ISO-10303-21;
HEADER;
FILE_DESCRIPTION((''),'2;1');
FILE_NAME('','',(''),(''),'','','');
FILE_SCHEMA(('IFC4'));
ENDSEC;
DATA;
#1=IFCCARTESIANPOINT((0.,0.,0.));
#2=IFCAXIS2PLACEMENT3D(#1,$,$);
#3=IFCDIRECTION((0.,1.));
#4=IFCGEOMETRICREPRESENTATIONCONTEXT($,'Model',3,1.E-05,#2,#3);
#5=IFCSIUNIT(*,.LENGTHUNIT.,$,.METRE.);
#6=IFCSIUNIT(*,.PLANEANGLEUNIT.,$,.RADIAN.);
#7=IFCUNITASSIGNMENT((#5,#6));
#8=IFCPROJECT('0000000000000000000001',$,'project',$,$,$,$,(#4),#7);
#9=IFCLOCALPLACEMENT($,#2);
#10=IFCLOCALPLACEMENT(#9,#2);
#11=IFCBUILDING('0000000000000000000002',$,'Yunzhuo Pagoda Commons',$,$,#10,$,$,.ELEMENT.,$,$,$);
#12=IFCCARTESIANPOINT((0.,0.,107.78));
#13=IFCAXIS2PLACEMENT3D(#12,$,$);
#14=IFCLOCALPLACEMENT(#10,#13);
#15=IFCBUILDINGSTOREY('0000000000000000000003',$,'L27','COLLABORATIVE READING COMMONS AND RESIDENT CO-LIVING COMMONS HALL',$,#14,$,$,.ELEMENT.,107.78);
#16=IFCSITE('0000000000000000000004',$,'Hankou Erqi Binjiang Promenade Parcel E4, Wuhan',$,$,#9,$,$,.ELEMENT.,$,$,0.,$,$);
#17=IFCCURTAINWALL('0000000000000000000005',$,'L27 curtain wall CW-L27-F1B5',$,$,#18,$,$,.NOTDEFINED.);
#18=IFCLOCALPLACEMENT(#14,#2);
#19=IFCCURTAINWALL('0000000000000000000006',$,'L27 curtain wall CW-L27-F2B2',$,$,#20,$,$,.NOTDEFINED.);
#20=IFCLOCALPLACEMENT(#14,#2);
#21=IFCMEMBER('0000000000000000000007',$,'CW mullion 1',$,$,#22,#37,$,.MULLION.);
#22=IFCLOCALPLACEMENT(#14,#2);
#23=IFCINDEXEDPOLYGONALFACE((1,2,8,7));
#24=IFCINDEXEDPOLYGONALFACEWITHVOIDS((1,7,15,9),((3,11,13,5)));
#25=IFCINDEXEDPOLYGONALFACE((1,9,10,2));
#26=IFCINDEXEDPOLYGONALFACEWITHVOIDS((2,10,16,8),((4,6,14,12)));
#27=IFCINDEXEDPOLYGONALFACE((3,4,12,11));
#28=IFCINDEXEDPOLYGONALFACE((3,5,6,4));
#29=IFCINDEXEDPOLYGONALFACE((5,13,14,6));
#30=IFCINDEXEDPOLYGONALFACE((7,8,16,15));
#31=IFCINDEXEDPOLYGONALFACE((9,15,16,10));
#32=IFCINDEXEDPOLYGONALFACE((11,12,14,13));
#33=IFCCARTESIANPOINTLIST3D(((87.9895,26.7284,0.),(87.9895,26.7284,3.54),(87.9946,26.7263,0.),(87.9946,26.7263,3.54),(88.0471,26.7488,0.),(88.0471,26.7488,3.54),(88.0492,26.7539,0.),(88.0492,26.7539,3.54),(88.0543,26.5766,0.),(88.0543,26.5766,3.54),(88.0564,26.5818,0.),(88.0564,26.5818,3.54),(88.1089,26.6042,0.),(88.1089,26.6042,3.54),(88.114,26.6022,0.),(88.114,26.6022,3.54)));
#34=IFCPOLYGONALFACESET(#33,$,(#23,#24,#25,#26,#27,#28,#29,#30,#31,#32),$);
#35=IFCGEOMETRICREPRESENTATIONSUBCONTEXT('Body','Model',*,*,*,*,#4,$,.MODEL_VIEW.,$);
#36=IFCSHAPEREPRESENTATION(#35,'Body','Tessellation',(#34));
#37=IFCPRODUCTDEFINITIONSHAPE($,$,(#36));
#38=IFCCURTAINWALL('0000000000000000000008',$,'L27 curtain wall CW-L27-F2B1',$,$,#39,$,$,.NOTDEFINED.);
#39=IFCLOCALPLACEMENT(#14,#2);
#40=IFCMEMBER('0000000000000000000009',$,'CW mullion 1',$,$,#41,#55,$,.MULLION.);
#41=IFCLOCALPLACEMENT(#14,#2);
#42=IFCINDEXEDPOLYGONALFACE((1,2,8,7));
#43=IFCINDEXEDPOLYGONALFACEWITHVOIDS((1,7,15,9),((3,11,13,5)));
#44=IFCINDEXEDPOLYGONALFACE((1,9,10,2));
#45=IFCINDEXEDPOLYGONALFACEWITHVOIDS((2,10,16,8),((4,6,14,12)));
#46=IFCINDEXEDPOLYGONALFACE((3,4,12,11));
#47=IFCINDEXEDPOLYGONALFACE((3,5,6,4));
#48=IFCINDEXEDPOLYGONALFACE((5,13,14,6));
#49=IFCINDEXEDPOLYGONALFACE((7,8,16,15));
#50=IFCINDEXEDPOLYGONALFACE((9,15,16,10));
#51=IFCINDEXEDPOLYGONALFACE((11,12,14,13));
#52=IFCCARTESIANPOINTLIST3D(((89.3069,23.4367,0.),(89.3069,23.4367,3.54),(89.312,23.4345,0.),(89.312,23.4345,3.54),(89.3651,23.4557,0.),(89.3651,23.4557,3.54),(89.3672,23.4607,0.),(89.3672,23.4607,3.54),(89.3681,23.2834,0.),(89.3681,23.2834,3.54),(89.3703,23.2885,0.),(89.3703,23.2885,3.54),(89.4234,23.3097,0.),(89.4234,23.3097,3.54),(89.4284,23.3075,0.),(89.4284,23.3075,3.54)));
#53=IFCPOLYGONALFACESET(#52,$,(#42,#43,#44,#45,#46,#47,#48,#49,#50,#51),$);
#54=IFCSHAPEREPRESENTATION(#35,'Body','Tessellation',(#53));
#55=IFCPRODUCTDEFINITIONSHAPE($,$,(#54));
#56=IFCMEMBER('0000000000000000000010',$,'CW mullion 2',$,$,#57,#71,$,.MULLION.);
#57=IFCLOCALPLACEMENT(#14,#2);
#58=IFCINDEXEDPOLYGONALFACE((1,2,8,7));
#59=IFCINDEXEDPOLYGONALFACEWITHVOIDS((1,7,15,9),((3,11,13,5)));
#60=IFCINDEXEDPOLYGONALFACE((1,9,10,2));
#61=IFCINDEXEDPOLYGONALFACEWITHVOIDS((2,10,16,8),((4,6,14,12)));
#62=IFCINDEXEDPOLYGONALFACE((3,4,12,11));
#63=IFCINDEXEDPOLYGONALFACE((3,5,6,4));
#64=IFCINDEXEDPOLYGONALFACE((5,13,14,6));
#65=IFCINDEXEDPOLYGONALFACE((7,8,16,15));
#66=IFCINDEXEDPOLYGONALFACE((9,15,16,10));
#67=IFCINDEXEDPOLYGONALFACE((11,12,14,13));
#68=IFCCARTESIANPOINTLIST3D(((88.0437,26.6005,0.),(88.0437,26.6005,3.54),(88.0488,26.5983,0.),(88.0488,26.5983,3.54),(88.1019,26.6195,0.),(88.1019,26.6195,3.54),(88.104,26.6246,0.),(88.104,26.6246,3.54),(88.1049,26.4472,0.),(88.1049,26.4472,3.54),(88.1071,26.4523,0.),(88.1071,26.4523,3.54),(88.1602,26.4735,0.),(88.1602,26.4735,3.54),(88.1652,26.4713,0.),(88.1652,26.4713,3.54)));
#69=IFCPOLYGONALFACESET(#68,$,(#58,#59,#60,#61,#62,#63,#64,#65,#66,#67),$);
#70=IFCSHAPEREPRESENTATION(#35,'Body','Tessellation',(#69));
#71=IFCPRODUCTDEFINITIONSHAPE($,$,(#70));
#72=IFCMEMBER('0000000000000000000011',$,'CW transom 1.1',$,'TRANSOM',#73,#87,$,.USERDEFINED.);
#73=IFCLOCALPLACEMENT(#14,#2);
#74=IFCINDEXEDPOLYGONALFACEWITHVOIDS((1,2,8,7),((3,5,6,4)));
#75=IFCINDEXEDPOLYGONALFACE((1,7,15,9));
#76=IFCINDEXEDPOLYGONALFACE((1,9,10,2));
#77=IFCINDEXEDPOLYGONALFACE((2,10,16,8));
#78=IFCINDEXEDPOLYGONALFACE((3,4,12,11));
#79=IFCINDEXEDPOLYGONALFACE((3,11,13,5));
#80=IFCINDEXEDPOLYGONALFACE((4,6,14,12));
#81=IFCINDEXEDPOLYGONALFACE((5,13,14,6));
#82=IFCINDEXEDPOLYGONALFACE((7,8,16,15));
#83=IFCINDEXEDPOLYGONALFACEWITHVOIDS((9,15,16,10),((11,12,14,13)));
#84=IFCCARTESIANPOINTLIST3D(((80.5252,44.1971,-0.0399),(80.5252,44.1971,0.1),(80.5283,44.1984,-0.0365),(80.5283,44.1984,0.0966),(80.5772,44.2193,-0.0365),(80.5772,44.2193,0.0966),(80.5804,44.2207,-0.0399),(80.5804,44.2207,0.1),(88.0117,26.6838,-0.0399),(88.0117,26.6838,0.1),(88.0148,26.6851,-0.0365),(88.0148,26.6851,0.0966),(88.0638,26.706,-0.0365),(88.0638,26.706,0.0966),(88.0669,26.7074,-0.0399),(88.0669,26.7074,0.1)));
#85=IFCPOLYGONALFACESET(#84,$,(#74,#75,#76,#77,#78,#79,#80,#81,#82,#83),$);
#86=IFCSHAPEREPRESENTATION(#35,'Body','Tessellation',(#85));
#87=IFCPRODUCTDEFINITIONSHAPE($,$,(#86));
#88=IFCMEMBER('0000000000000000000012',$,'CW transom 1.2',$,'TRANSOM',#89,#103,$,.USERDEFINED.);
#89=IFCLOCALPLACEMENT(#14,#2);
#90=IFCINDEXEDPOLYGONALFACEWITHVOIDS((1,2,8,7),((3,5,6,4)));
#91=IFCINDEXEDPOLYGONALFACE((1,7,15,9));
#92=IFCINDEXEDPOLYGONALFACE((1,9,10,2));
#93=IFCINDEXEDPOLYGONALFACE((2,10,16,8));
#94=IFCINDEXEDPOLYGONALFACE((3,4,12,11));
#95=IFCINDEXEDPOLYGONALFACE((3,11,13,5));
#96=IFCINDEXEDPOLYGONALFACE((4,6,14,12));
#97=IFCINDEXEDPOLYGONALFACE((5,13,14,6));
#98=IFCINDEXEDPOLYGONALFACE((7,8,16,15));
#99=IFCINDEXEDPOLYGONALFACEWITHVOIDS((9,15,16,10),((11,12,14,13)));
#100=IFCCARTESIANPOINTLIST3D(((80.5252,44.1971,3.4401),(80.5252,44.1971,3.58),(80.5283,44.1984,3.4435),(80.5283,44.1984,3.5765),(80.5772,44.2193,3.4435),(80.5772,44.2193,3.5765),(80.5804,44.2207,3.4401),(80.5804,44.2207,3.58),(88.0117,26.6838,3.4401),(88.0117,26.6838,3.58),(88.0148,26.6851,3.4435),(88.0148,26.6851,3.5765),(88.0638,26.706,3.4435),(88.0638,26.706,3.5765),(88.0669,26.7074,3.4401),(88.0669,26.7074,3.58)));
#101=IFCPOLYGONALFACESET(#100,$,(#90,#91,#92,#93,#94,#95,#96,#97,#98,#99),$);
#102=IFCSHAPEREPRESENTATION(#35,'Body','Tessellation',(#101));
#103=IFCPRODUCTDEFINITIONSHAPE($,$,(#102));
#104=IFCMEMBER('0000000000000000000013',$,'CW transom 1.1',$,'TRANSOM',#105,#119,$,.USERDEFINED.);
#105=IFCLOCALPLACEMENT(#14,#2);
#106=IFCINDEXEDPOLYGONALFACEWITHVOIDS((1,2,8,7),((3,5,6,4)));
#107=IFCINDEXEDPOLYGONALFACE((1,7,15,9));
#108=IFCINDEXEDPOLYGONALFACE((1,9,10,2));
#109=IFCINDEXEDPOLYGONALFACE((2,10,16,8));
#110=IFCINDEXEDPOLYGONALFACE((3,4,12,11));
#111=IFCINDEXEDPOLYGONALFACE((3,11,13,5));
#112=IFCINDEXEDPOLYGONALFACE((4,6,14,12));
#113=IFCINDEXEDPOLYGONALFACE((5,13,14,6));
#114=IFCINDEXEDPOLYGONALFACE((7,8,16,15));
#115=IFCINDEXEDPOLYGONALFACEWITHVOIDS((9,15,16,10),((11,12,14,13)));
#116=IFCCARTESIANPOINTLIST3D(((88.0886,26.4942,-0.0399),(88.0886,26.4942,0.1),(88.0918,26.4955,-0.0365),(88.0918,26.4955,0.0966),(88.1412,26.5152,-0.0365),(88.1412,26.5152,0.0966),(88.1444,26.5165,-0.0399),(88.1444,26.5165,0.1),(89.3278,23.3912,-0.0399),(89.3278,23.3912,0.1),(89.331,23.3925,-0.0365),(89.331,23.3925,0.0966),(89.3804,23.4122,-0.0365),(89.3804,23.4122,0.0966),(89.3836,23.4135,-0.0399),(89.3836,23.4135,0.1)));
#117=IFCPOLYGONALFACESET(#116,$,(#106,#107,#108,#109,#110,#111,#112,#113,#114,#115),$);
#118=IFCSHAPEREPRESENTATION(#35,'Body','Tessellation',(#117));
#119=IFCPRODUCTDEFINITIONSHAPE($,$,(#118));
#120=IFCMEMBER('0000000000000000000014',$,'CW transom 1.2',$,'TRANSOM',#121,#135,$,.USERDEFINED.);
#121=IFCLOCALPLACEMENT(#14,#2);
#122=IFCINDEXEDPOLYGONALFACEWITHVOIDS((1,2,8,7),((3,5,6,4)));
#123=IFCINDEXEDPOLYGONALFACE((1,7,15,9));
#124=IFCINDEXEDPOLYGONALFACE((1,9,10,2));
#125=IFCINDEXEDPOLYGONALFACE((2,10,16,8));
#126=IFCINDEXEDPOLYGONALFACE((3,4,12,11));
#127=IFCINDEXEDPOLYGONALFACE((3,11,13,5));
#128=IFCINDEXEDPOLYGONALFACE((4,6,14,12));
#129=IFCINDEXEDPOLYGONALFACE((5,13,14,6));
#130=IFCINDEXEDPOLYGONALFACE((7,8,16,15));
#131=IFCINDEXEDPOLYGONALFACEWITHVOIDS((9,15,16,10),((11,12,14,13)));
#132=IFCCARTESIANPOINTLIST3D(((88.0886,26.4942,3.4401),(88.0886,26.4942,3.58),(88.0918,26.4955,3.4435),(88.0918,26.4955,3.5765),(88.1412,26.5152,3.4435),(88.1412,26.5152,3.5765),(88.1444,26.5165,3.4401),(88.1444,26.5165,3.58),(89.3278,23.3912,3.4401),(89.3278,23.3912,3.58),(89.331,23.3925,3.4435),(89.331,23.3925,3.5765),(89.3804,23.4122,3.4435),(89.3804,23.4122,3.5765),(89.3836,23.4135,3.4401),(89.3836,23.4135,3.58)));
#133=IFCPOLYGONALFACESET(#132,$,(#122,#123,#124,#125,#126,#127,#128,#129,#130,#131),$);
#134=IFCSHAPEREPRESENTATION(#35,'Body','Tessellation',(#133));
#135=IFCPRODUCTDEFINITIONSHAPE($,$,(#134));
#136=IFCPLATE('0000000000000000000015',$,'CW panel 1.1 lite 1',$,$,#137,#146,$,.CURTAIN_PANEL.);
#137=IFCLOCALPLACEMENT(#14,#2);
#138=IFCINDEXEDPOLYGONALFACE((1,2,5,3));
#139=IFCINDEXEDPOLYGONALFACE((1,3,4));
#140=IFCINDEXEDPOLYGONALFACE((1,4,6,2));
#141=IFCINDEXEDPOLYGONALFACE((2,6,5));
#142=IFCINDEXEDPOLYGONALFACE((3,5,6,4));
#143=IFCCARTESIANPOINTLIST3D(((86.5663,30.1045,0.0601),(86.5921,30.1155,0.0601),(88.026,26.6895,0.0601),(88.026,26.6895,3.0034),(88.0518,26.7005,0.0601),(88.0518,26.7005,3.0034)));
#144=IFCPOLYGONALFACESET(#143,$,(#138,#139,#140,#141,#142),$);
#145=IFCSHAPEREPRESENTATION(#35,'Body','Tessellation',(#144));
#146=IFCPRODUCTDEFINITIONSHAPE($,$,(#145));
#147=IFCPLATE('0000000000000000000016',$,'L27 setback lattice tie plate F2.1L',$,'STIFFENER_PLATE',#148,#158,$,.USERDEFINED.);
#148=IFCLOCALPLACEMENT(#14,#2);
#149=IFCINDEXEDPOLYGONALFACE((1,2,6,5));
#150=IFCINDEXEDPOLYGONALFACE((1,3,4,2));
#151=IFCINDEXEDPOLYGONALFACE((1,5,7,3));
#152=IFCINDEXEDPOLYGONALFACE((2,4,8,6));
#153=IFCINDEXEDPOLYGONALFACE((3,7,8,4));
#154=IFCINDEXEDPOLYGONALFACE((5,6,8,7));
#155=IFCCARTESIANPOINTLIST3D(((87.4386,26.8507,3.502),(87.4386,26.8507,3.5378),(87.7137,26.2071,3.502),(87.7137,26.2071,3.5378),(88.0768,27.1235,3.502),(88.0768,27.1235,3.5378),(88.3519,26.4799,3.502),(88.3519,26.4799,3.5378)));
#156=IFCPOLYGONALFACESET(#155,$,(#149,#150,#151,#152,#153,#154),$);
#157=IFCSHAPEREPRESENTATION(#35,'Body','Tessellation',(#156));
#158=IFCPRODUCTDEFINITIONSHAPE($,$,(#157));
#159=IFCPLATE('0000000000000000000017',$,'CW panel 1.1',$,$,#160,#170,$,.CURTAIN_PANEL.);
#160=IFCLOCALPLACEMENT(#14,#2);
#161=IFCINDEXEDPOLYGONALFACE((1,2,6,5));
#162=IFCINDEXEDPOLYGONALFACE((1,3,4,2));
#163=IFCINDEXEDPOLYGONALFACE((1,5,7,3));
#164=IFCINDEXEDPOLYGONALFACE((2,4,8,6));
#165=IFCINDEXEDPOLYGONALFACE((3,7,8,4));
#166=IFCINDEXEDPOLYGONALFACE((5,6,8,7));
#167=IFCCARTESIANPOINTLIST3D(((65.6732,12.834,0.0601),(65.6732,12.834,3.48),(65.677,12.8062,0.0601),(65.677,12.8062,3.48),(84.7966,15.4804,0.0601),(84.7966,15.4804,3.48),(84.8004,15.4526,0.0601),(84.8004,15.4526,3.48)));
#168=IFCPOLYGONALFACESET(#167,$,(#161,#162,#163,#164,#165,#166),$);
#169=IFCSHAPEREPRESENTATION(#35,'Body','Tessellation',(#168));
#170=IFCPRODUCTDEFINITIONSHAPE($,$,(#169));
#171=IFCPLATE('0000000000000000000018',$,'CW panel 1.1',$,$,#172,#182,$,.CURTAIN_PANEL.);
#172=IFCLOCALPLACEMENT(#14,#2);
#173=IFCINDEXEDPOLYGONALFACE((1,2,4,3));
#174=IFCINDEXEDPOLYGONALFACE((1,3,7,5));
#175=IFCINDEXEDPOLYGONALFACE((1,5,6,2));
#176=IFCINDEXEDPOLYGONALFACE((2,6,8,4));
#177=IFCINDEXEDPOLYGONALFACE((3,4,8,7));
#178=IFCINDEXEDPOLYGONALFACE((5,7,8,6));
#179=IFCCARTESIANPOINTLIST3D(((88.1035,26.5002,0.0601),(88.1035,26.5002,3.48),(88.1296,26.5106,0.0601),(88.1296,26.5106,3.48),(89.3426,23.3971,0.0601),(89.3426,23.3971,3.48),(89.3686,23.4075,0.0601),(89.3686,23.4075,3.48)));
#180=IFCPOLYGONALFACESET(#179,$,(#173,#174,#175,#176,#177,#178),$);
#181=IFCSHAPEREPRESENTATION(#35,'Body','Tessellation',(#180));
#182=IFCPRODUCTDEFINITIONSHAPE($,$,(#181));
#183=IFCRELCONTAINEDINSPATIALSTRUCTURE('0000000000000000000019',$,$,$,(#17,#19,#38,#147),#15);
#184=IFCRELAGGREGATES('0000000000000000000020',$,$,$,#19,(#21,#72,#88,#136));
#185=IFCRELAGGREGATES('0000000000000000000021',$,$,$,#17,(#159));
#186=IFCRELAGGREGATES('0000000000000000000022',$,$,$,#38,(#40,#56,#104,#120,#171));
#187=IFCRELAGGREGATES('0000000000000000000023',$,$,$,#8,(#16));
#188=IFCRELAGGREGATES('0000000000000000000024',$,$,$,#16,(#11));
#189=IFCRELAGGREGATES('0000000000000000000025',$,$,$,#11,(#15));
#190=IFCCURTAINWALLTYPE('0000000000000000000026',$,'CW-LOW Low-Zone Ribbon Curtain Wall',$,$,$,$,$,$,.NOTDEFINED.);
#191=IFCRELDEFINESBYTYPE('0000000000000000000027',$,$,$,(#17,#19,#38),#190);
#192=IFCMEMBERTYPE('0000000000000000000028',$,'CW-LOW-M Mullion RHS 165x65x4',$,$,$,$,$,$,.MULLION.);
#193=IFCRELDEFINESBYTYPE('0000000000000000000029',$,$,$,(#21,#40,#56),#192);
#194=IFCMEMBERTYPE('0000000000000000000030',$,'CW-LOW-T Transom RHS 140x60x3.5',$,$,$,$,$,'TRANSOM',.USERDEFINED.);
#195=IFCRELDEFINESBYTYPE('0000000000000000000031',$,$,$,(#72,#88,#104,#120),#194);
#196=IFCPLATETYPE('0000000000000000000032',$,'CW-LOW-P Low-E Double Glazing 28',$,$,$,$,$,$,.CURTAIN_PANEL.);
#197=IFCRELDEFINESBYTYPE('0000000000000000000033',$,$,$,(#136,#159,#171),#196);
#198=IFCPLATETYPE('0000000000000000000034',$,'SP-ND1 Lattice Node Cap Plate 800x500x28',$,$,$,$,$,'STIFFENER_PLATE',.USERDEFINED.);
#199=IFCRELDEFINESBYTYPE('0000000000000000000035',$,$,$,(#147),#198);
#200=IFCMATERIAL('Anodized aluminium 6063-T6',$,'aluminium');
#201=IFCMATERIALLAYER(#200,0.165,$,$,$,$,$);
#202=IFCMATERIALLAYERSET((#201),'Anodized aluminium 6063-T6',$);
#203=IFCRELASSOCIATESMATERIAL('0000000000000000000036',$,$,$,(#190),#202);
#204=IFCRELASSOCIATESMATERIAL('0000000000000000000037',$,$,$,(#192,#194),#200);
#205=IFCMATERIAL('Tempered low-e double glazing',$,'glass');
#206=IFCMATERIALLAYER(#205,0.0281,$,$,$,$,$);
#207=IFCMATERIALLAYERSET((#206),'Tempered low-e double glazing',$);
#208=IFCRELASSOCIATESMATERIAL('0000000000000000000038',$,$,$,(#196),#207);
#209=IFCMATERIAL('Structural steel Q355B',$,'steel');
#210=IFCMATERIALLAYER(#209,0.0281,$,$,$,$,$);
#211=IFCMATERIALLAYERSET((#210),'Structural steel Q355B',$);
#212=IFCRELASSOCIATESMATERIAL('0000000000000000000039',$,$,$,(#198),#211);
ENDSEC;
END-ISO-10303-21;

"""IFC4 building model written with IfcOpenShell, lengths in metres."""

from ifc_helpers import new_model, si_unit, direction, frame, origin, origin_2d, place, context, subcontext, project, spatial, polyline, rectangle, hollow_rectangle, outline, extrude, source, transform, mapped, material, layer, layer_set, material_profile, profile_set, type_object, element, aggregate, save


model = new_model("IFC4")

# Units and contexts
model_context = context("Model", 3, precision=1e-05, world=origin(), true_north=direction((0.0, 1.0)))
body_context = subcontext(model_context, "Body", "Model", "MODEL_VIEW")
ifc_project = project(units=[si_unit("LENGTHUNIT", "METRE"), si_unit("PLANEANGLEUNIT", "RADIAN")], contexts=[model_context])

# Site, building, storey
site_placement = place(None, origin())
site = spatial("IfcSite", under=ifc_project, at=site_placement, Name="Hankou Erqi Binjiang Promenade Parcel E4, Wuhan", CompositionType="ELEMENT", RefElevation=0.0)
building_placement = place(site_placement, origin())
building = spatial("IfcBuilding", under=site, at=building_placement, Name="Yunzhuo Pagoda Commons", CompositionType="ELEMENT")
storey_placement = place(building_placement, frame((0.0, 0.0, 107.78)))
storey = spatial("IfcBuildingStorey", under=building, at=storey_placement, Name="L27", Description="COLLABORATIVE READING COMMONS AND RESIDENT CO-LIVING COMMONS HALL", CompositionType="ELEMENT", Elevation=107.78)

# Shared definitions
ifc_material_1 = material(Name="Structural steel Q355B", Category="steel")

# Curtain walls, member
ifc_material_2 = material(Name="Anodized aluminium 6063-T6", Category="aluminium")
ifc_layer_1 = layer(ifc_material_2, 0.165)
ifc_layer_set_1 = layer_set([ifc_layer_1], Name="Anodized aluminium 6063-T6")
curtain_wall_type = type_object("IfcCurtainWallType", Name="CW-LOW Low-Zone Ribbon Curtain Wall", PredefinedType="NOTDEFINED", material=ifc_layer_set_1)
curtain_wall_1_placement = place(storey_placement, origin())
curtain_wall_1 = element("IfcCurtainWall", 1, at=curtain_wall_1_placement, inside=storey, type_object=curtain_wall_type, Name="L27 curtain wall CW-L27-F1B5", PredefinedType="NOTDEFINED")
ifc_material_profile_1 = material_profile(ifc_material_2, hollow_rectangle(XDim=0.0649, YDim=0.165, WallThickness=0.0039, at=origin_2d()), Name="Anodized aluminium 6063-T6")
ifc_profile_set_1 = profile_set([ifc_material_profile_1], Name="Anodized aluminium 6063-T6")
member_type_1 = type_object("IfcMemberType", Name="CW-LOW-M Mullion RHS 165x65x4", PredefinedType="MULLION", material=ifc_profile_set_1)
shared_shape_1 = source(origin(), body_context, "Body", "SweptSolid", [
    extrude(hollow_rectangle(XDim=0.0649, YDim=0.165, WallThickness=0.0039, at=origin_2d()), origin(), (0.0, 0.0, 1.0), 3.54),
])
curtain_wall_2_placement = place(storey_placement, origin())
curtain_wall_2 = element("IfcCurtainWall", 2, at=curtain_wall_2_placement, inside=storey, type_object=curtain_wall_type, Name="L27 curtain wall CW-L27-F2B2", PredefinedType="NOTDEFINED")
member_1_placement = place(storey_placement, frame((88.0518, 26.6653, 0.0), z_axis=(0.0, 0.0, 1.0), x_axis=(-0.919516, -0.393052, 0.0)))
member_1 = element("IfcMember", 3, at=member_1_placement, type_object=member_type_1, Name="CW mullion 1", PredefinedType="MULLION", context=body_context, shape_type="MappedRepresentation", body=[
    mapped(shared_shape_1, transform((0.0, 0.0, 0.0), scale=1.0)),
])

# Curtain wall, members
curtain_wall_3_placement = place(storey_placement, origin())
curtain_wall_3 = element("IfcCurtainWall", 4, at=curtain_wall_3_placement, inside=storey, type_object=curtain_wall_type, Name="L27 curtain wall CW-L27-F2B1", PredefinedType="NOTDEFINED")
member_2_placement = place(storey_placement, frame((89.3677, 23.3721, 0.0), z_axis=(0.0, 0.0, 1.0), x_axis=(-0.928701, -0.370829, 0.0)))
member_2 = element("IfcMember", 5, at=member_2_placement, type_object=member_type_1, Name="CW mullion 1", PredefinedType="MULLION", context=body_context, shape_type="MappedRepresentation", body=[
    mapped(shared_shape_1, transform((0.0, 0.0, 0.0), scale=1.0)),
])
member_3_placement = place(storey_placement, frame((88.1045, 26.5359, 0.0), z_axis=(0.0, 0.0, 1.0), x_axis=(-0.928701, -0.370829, 0.0)))
member_3 = element("IfcMember", 6, at=member_3_placement, type_object=member_type_1, Name="CW mullion 2", PredefinedType="MULLION", context=body_context, shape_type="MappedRepresentation", body=[
    mapped(shared_shape_1, transform((0.0, 0.0, 0.0), scale=1.0)),
])

# Members
ifc_material_profile_2 = material_profile(ifc_material_2, hollow_rectangle(XDim=0.0601, YDim=0.1399, WallThickness=0.0034, at=origin_2d()), Name="Anodized aluminium 6063-T6")
ifc_profile_set_2 = profile_set([ifc_material_profile_2], Name="Anodized aluminium 6063-T6")
member_type_2 = type_object("IfcMemberType", Name="CW-LOW-T Transom RHS 140x60x3.5", ElementType="TRANSOM", PredefinedType="USERDEFINED", material=ifc_profile_set_2)
shared_shape_2 = source(origin(), body_context, "Body", "SweptSolid", [
    extrude(hollow_rectangle(XDim=0.0601, YDim=0.1399, WallThickness=0.0034, at=origin_2d()), origin(), (0.0, 0.0, 1.0), 19.0464),
])
member_4_placement = place(storey_placement, frame((88.0393, 26.6956, 0.03), z_axis=(-0.393068, 0.919509, 0.0), x_axis=(-0.919509, -0.393068, 0.0)))
member_4 = element("IfcMember", 7, at=member_4_placement, type_object=member_type_2, Name="CW transom 1.1", ObjectType="TRANSOM", PredefinedType="USERDEFINED", context=body_context, shape_type="MappedRepresentation", body=[
    mapped(shared_shape_2, transform((0.0, 0.0, 0.0), scale=1.0)),
])
member_5_placement = place(storey_placement, frame((88.0393, 26.6956, 3.51), z_axis=(-0.393068, 0.919509, 0.0), x_axis=(-0.919509, -0.393068, 0.0)))
member_5 = element("IfcMember", 8, at=member_5_placement, type_object=member_type_2, Name="CW transom 1.2", ObjectType="TRANSOM", PredefinedType="USERDEFINED", context=body_context, shape_type="MappedRepresentation", body=[
    mapped(shared_shape_2, transform((0.0, 0.0, 0.0), scale=1.0)),
])
shared_shape_3 = source(origin(), body_context, "Body", "SweptSolid", [
    extrude(hollow_rectangle(XDim=0.0601, YDim=0.1399, WallThickness=0.0034, at=origin_2d()), origin(), (0.0, 0.0, 1.0), 3.3413),
])
member_6_placement = place(storey_placement, frame((89.3557, 23.4023, 0.03), z_axis=(-0.370887, 0.928678, 0.0), x_axis=(-0.928678, -0.370887, 0.0)))
member_6 = element("IfcMember", 9, at=member_6_placement, type_object=member_type_2, Name="CW transom 1.1", ObjectType="TRANSOM", PredefinedType="USERDEFINED", context=body_context, shape_type="MappedRepresentation", body=[
    mapped(shared_shape_3, transform((0.0, 0.0, 0.0), scale=1.0)),
])
member_7_placement = place(storey_placement, frame((89.3557, 23.4023, 3.51), z_axis=(-0.370887, 0.928678, 0.0), x_axis=(-0.928678, -0.370887, 0.0)))
member_7 = element("IfcMember", 10, at=member_7_placement, type_object=member_type_2, Name="CW transom 1.2", ObjectType="TRANSOM", PredefinedType="USERDEFINED", context=body_context, shape_type="MappedRepresentation", body=[
    mapped(shared_shape_3, transform((0.0, 0.0, 0.0), scale=1.0)),
])

# Plates
ifc_material_3 = material(Name="Tempered low-e double glazing", Category="glass")
ifc_layer_2 = layer(ifc_material_3, 0.0281)
ifc_layer_set_2 = layer_set([ifc_layer_2], Name="Tempered low-e double glazing")
plate_type_1 = type_object("IfcPlateType", Name="CW-LOW-P Low-E Double Glazing 28", PredefinedType="CURTAIN_PANEL", material=ifc_layer_set_2)
plate_1_placement = place(storey_placement, frame((87.2961, 28.397, 1.5317), z_axis=(0.919516, 0.393052, 0.0), x_axis=(-0.393052, 0.919516, 0.0)))
plate_1 = element("IfcPlate", 11, at=plate_1_placement, type_object=plate_type_1, Name="CW panel 1.1 lite 1", PredefinedType="CURTAIN_PANEL", context=body_context, shape_type="SweptSolid", body=[
    extrude(outline(polyline([(-1.8569, -1.4717), (1.8569, -1.4717), (-1.8569, 1.4717), (-1.8569, -1.4717)])), origin(), (0.0, 0.0, 1.0), 0.0281),
])
aggregate(curtain_wall_2, [member_1, member_4, member_5, plate_1])
ifc_layer_3 = layer(ifc_material_1, 0.0281)
ifc_layer_set_3 = layer_set([ifc_layer_3], Name="Structural steel Q355B")
plate_type_2 = type_object("IfcPlateType", Name="SP-ND1 Lattice Node Cap Plate 800x500x28", ElementType="STIFFENER_PLATE", PredefinedType="USERDEFINED", material=ifc_layer_set_3)
shared_shape_4 = source(origin(), body_context, "Body", "SweptSolid", [
    extrude(rectangle(XDim=0.7, YDim=0.6941, at=origin_2d()), origin(), (0.0, 0.0, 1.0), 0.0359),
])
plate_2_placement = place(storey_placement, frame((87.8953, 26.6653, 3.502), z_axis=(0.0, 0.0, 1.0), x_axis=(-0.393059, 0.919513, 0.0)))
element("IfcPlate", 12, at=plate_2_placement, inside=storey, type_object=plate_type_2, Name="L27 setback lattice tie plate F2.1L", ObjectType="STIFFENER_PLATE", PredefinedType="USERDEFINED", context=body_context, shape_type="MappedRepresentation", body=[
    mapped(shared_shape_4, transform((0.0, 0.0, 0.0), scale=1.0)),
])
shared_shape_5 = source(origin(), body_context, "Body", "SweptSolid", [
    extrude(rectangle(XDim=19.3057, YDim=0.0281, at=origin_2d()), origin(), (0.0, 0.0, 1.0), 3.4199),
])
plate_3_placement = place(storey_placement, frame((75.2368, 14.1433, 0.0601), z_axis=(0.0, 0.0, 1.0), x_axis=(0.99056, 0.137082, 0.0)))
plate_3 = element("IfcPlate", 13, at=plate_3_placement, type_object=plate_type_1, Name="CW panel 1.1", PredefinedType="CURTAIN_PANEL", context=body_context, shape_type="MappedRepresentation", body=[
    mapped(shared_shape_5, transform((0.0, 0.0, 0.0), scale=1.0)),
])
aggregate(curtain_wall_1, [plate_3])
shared_shape_6 = source(origin(), body_context, "Body", "SweptSolid", [
    extrude(rectangle(XDim=3.3413, YDim=0.0281, at=origin_2d()), origin(), (0.0, 0.0, 1.0), 3.4199),
])
plate_4_placement = place(storey_placement, frame((88.7361, 24.9539, 0.0601), z_axis=(0.0, 0.0, 1.0), x_axis=(-0.370829, 0.928701, 0.0)))
plate_4 = element("IfcPlate", 14, at=plate_4_placement, type_object=plate_type_1, Name="CW panel 1.1", PredefinedType="CURTAIN_PANEL", context=body_context, shape_type="MappedRepresentation", body=[
    mapped(shared_shape_6, transform((0.0, 0.0, 0.0), scale=1.0)),
])
aggregate(curtain_wall_3, [member_2, member_3, member_6, member_7, plate_4])

save(model, "model.ifc")
